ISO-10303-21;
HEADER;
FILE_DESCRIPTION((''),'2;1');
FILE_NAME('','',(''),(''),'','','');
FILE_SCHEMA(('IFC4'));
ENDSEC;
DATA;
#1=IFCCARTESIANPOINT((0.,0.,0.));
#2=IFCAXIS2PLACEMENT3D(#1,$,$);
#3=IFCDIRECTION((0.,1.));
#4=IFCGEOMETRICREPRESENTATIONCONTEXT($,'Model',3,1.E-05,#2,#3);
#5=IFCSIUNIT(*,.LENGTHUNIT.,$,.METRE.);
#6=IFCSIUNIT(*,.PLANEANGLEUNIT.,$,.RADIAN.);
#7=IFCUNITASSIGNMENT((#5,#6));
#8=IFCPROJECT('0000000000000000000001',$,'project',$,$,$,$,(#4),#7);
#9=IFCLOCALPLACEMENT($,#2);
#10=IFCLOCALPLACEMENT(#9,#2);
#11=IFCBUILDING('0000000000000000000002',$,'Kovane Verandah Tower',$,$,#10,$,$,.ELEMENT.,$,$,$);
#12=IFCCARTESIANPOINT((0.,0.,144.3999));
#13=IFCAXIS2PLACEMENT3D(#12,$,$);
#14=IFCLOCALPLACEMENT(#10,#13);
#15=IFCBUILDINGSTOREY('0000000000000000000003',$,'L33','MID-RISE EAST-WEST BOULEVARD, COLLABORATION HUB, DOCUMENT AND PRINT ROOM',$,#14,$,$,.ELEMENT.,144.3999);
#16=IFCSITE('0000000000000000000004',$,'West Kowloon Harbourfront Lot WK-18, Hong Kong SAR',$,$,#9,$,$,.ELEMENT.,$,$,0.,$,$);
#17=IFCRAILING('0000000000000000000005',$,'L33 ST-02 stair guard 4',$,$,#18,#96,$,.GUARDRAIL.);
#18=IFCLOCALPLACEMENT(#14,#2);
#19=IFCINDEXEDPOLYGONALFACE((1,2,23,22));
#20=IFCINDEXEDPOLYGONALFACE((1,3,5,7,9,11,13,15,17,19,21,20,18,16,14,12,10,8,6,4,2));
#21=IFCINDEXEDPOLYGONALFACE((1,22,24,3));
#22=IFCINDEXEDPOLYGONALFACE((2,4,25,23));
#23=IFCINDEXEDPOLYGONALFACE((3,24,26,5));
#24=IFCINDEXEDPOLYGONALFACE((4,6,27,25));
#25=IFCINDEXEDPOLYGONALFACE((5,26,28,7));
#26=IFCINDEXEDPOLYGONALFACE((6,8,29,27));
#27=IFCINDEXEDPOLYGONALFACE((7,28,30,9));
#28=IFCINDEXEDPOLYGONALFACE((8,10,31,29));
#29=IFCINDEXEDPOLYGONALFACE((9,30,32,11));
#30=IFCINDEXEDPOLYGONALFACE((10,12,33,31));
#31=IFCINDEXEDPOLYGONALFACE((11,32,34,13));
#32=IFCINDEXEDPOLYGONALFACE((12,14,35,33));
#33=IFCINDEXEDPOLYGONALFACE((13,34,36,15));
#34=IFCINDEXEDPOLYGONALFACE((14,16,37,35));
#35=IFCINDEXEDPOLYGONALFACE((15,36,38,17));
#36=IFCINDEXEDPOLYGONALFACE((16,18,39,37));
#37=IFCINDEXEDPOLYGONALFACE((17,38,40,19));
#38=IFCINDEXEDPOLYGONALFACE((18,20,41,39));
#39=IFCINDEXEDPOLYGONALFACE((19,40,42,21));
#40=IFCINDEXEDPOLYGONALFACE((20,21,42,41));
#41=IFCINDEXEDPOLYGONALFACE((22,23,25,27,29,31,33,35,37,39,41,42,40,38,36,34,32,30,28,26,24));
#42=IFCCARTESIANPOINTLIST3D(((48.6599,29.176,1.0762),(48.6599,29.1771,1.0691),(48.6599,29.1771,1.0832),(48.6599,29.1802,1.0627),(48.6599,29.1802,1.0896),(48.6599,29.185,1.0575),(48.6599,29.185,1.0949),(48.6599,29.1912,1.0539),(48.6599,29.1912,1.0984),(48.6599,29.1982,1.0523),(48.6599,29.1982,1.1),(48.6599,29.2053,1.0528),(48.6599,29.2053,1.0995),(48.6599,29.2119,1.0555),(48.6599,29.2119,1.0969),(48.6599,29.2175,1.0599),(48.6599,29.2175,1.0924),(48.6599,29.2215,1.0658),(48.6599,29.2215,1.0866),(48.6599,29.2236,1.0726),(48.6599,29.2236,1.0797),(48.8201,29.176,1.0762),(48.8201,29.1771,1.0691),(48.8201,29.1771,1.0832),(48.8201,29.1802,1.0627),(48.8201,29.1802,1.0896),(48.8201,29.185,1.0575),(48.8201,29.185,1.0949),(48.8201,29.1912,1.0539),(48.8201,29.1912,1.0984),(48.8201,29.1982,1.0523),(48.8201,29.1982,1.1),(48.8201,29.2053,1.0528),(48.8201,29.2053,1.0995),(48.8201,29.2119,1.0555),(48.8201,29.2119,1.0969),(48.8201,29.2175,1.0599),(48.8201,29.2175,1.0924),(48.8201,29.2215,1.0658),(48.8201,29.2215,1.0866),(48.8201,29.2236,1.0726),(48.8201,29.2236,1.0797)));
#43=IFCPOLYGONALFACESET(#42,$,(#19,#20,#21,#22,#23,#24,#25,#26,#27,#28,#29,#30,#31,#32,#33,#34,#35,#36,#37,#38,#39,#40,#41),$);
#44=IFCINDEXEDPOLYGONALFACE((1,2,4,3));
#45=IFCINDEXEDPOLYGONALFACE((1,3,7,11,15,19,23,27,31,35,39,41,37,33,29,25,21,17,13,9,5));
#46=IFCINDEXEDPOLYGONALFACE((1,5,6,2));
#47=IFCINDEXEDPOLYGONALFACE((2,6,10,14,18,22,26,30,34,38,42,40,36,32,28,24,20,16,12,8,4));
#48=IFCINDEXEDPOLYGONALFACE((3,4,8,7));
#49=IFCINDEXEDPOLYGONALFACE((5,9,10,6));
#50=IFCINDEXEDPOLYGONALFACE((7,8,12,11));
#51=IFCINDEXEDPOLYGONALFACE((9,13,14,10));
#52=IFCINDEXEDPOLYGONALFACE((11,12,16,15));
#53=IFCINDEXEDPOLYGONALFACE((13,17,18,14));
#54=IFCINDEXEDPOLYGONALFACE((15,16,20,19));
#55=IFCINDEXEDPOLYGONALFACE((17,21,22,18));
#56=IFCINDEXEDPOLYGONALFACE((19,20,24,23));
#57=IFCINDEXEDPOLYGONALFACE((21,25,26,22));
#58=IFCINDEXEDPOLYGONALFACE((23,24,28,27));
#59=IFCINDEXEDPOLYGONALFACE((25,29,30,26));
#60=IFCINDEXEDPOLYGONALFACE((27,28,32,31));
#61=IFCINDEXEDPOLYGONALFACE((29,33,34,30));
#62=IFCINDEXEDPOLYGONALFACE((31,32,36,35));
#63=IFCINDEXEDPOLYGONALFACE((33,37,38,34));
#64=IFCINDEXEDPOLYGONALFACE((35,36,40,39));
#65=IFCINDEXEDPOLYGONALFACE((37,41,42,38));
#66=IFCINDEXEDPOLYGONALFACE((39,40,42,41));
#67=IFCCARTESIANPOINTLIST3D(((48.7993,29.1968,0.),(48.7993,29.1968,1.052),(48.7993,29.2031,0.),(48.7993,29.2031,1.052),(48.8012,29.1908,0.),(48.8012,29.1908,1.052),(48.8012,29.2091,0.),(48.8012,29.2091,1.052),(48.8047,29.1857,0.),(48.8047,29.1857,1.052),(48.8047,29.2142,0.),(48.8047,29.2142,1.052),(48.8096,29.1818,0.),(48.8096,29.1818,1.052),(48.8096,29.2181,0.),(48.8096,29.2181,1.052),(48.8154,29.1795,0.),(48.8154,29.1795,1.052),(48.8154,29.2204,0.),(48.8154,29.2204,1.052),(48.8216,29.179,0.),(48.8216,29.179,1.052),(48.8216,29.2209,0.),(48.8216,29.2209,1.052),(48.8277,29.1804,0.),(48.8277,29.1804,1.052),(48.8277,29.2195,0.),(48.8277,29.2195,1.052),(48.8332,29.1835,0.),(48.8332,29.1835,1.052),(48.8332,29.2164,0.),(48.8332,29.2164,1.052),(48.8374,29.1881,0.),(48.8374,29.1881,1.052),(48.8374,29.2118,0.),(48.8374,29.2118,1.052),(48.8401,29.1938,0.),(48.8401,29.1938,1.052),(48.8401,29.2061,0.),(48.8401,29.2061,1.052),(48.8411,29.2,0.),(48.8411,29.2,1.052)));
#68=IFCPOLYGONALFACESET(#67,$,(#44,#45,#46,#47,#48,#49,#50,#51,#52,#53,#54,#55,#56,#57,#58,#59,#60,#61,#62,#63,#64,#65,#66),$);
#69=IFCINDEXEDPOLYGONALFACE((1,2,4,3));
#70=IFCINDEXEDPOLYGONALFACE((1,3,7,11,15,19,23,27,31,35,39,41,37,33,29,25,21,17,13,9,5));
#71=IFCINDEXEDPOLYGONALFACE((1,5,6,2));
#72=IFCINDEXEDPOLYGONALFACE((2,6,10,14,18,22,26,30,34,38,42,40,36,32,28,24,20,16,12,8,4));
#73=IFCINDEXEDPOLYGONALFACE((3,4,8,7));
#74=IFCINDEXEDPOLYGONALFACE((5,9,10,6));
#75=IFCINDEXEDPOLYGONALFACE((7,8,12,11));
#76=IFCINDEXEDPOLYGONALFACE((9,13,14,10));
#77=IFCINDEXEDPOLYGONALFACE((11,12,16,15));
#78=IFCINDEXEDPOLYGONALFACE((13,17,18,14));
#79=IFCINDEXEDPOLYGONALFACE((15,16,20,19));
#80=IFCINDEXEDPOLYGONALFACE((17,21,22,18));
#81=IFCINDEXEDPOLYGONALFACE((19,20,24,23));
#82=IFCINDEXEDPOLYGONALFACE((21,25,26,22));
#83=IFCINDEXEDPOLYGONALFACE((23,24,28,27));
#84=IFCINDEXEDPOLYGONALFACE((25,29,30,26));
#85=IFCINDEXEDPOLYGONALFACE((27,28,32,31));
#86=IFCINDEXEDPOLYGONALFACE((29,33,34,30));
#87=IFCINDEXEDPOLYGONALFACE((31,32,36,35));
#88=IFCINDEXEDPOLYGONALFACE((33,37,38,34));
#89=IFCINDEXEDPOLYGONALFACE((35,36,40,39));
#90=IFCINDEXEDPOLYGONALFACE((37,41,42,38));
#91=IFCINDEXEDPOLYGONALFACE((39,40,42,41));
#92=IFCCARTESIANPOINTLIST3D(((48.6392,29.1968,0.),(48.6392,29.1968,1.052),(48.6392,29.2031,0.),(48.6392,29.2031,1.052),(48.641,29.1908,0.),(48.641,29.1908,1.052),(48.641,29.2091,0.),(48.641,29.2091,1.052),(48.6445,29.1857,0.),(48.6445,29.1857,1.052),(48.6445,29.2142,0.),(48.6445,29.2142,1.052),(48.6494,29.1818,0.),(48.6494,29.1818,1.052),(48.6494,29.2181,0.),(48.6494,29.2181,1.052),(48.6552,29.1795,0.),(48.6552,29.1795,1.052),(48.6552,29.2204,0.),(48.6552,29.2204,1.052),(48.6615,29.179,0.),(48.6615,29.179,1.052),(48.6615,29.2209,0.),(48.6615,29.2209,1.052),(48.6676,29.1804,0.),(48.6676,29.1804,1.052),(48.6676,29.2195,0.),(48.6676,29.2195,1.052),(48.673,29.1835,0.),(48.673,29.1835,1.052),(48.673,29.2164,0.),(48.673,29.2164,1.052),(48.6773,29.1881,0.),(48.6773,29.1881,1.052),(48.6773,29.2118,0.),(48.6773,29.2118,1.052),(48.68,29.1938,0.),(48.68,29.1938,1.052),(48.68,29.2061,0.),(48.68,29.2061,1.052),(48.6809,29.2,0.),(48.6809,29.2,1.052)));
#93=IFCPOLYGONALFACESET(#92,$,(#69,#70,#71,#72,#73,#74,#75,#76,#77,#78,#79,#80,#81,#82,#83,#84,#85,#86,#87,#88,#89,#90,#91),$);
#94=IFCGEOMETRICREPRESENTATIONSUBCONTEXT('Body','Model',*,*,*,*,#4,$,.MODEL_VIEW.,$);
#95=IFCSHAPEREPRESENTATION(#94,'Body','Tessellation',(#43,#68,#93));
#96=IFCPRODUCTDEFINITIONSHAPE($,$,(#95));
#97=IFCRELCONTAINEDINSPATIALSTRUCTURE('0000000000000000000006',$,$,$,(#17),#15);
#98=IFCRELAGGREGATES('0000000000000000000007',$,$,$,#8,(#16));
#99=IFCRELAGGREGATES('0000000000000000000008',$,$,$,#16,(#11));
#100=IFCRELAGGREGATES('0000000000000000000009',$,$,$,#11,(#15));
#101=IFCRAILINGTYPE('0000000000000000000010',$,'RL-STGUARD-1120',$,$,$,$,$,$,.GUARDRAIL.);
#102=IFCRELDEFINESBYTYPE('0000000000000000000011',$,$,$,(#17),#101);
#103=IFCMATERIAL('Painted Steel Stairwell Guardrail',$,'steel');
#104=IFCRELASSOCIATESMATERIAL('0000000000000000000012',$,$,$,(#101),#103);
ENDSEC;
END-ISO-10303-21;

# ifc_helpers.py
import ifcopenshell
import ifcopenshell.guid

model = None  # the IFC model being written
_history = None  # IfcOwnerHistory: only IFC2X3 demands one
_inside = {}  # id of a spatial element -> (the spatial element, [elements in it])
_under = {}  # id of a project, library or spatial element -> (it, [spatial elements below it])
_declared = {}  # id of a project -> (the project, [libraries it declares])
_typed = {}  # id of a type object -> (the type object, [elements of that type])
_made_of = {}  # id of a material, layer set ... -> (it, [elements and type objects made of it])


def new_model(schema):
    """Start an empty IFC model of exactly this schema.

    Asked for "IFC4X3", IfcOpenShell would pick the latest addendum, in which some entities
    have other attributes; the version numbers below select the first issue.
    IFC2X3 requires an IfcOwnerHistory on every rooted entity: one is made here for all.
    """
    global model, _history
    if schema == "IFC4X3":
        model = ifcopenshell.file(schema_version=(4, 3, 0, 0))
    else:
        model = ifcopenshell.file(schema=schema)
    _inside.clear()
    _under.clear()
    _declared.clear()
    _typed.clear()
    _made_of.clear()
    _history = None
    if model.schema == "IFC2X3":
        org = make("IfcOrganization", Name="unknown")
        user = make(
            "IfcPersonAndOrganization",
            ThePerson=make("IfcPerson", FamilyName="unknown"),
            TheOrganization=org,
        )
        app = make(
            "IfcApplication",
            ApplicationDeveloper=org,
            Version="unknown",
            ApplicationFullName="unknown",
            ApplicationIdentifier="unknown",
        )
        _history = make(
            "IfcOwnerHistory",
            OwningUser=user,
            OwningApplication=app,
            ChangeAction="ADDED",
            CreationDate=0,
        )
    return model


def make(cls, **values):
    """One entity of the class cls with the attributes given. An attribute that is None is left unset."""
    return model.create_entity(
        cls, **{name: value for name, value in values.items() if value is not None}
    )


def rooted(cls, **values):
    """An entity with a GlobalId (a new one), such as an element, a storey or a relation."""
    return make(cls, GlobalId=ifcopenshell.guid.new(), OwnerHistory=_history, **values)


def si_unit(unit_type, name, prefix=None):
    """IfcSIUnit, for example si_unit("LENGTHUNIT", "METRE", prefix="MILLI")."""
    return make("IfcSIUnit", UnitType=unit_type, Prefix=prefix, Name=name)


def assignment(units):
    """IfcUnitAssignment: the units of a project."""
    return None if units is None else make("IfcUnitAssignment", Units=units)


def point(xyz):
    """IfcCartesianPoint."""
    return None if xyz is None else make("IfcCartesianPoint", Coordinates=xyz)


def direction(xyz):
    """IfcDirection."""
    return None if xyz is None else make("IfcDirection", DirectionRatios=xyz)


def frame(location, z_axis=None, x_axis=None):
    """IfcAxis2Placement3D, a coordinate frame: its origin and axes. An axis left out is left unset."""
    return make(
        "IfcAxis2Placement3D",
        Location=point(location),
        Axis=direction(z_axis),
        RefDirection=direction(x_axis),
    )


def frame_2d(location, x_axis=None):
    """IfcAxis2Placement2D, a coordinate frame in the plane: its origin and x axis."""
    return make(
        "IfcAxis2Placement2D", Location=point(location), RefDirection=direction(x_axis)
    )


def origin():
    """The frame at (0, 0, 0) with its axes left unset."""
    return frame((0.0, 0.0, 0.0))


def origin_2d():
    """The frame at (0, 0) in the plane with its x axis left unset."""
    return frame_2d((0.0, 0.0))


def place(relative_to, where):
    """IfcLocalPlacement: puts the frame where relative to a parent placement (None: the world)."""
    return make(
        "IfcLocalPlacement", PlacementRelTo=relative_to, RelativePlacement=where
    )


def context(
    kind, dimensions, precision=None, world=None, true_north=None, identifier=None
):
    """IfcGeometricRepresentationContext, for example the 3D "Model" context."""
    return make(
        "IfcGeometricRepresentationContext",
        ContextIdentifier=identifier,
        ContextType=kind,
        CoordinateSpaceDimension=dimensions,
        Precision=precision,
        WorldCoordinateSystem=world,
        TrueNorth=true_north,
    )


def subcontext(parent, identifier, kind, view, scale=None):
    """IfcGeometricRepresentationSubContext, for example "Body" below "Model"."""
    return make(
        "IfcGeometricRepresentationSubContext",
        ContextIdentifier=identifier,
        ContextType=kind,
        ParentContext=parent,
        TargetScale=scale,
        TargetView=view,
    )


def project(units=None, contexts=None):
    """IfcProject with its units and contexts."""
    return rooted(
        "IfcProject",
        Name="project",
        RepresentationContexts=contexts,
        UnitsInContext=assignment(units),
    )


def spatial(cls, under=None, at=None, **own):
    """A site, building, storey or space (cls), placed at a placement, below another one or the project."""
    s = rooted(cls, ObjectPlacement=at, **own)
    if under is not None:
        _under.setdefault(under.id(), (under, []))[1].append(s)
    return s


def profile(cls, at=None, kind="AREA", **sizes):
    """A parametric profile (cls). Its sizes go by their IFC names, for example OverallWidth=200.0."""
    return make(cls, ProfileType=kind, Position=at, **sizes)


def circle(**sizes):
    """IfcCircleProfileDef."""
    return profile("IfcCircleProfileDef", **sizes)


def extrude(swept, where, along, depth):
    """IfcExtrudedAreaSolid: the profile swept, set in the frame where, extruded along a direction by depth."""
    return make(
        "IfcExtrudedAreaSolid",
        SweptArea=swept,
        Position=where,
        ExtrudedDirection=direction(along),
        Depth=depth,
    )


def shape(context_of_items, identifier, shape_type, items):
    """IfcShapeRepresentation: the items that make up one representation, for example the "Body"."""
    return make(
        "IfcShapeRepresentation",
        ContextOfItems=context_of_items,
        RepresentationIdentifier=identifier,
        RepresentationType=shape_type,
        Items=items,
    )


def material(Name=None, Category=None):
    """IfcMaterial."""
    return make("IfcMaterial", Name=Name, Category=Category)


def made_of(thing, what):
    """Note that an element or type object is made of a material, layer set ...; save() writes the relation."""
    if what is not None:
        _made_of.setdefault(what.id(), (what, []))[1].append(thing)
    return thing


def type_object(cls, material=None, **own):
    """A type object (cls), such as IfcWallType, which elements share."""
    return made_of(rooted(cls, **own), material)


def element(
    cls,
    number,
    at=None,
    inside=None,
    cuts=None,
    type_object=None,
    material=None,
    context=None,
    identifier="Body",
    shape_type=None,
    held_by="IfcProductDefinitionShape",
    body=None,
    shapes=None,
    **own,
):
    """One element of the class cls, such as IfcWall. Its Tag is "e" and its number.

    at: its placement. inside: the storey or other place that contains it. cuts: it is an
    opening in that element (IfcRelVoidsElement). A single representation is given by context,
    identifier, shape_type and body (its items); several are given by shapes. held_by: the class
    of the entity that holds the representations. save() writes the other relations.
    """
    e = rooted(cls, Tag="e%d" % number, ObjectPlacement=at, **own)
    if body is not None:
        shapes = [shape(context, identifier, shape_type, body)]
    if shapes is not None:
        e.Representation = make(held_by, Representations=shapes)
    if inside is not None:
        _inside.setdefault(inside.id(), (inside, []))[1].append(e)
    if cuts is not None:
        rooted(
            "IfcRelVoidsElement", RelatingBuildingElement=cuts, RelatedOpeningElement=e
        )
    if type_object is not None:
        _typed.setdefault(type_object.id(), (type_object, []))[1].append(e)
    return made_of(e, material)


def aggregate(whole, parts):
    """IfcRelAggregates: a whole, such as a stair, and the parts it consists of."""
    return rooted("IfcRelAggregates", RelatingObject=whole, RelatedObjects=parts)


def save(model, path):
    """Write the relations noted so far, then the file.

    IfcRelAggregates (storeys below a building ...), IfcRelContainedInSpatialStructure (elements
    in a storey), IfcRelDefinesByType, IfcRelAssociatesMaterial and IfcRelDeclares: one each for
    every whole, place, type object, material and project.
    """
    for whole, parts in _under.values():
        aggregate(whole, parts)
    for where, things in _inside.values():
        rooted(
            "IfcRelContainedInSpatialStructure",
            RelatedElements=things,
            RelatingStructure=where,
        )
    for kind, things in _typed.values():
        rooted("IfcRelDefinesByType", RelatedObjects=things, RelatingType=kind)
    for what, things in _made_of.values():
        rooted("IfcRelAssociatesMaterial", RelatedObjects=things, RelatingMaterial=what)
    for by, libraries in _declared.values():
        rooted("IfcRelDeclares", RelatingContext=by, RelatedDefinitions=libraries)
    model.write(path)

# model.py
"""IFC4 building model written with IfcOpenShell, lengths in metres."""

from ifc_helpers import new_model, si_unit, direction, frame, origin, origin_2d, place, context, subcontext, project, spatial, circle, extrude, material, type_object, element, save


model = new_model("IFC4")

# Units and contexts
model_context = context("Model", 3, precision=1e-05, world=origin(), true_north=direction((0.0, 1.0)))
body_context = subcontext(model_context, "Body", "Model", "MODEL_VIEW")
ifc_project = project(units=[si_unit("LENGTHUNIT", "METRE"), si_unit("PLANEANGLEUNIT", "RADIAN")], contexts=[model_context])

# Site, building, storey
site_placement = place(None, origin())
site = spatial("IfcSite", under=ifc_project, at=site_placement, Name="West Kowloon Harbourfront Lot WK-18, Hong Kong SAR", CompositionType="ELEMENT", RefElevation=0.0)
building_placement = place(site_placement, origin())
building = spatial("IfcBuilding", under=site, at=building_placement, Name="Kovane Verandah Tower", CompositionType="ELEMENT")
storey_placement = place(building_placement, frame((0.0, 0.0, 144.3999)))
storey = spatial("IfcBuildingStorey", under=building, at=storey_placement, Name="L33", Description="MID-RISE EAST-WEST BOULEVARD, COLLABORATION HUB, DOCUMENT AND PRINT ROOM", CompositionType="ELEMENT", Elevation=144.3999)

# Railing
ifc_material_1 = material(Name="Painted Steel Stairwell Guardrail", Category="steel")
railing_type_1 = type_object("IfcRailingType", Name="RL-STGUARD-1120", PredefinedType="GUARDRAIL", material=ifc_material_1)
railing_1_placement = place(storey_placement, frame((48.8201, 29.2, 0.0)))
element("IfcRailing", 1, at=railing_1_placement, inside=storey, type_object=railing_type_1, Name="L33 ST-02 stair guard 4", PredefinedType="GUARDRAIL", context=body_context, shape_type="SweptSolid", body=[
    extrude(circle(Radius=0.0239, at=origin_2d()), frame((0.0, 0.0, 1.0762), z_axis=(-1.0, 0.0, 0.0), x_axis=(0.0, -1.0, 0.0)), (0.0, 0.0, 1.0), 0.1602),
    extrude(circle(Radius=0.021, at=origin_2d()), origin(), (0.0, 0.0, 1.0), 1.052),
    extrude(circle(Radius=0.021, at=origin_2d()), frame((-0.1602, 0.0, 0.0)), (0.0, 0.0, 1.0), 1.052),
])

save(model, "model.ifc")
